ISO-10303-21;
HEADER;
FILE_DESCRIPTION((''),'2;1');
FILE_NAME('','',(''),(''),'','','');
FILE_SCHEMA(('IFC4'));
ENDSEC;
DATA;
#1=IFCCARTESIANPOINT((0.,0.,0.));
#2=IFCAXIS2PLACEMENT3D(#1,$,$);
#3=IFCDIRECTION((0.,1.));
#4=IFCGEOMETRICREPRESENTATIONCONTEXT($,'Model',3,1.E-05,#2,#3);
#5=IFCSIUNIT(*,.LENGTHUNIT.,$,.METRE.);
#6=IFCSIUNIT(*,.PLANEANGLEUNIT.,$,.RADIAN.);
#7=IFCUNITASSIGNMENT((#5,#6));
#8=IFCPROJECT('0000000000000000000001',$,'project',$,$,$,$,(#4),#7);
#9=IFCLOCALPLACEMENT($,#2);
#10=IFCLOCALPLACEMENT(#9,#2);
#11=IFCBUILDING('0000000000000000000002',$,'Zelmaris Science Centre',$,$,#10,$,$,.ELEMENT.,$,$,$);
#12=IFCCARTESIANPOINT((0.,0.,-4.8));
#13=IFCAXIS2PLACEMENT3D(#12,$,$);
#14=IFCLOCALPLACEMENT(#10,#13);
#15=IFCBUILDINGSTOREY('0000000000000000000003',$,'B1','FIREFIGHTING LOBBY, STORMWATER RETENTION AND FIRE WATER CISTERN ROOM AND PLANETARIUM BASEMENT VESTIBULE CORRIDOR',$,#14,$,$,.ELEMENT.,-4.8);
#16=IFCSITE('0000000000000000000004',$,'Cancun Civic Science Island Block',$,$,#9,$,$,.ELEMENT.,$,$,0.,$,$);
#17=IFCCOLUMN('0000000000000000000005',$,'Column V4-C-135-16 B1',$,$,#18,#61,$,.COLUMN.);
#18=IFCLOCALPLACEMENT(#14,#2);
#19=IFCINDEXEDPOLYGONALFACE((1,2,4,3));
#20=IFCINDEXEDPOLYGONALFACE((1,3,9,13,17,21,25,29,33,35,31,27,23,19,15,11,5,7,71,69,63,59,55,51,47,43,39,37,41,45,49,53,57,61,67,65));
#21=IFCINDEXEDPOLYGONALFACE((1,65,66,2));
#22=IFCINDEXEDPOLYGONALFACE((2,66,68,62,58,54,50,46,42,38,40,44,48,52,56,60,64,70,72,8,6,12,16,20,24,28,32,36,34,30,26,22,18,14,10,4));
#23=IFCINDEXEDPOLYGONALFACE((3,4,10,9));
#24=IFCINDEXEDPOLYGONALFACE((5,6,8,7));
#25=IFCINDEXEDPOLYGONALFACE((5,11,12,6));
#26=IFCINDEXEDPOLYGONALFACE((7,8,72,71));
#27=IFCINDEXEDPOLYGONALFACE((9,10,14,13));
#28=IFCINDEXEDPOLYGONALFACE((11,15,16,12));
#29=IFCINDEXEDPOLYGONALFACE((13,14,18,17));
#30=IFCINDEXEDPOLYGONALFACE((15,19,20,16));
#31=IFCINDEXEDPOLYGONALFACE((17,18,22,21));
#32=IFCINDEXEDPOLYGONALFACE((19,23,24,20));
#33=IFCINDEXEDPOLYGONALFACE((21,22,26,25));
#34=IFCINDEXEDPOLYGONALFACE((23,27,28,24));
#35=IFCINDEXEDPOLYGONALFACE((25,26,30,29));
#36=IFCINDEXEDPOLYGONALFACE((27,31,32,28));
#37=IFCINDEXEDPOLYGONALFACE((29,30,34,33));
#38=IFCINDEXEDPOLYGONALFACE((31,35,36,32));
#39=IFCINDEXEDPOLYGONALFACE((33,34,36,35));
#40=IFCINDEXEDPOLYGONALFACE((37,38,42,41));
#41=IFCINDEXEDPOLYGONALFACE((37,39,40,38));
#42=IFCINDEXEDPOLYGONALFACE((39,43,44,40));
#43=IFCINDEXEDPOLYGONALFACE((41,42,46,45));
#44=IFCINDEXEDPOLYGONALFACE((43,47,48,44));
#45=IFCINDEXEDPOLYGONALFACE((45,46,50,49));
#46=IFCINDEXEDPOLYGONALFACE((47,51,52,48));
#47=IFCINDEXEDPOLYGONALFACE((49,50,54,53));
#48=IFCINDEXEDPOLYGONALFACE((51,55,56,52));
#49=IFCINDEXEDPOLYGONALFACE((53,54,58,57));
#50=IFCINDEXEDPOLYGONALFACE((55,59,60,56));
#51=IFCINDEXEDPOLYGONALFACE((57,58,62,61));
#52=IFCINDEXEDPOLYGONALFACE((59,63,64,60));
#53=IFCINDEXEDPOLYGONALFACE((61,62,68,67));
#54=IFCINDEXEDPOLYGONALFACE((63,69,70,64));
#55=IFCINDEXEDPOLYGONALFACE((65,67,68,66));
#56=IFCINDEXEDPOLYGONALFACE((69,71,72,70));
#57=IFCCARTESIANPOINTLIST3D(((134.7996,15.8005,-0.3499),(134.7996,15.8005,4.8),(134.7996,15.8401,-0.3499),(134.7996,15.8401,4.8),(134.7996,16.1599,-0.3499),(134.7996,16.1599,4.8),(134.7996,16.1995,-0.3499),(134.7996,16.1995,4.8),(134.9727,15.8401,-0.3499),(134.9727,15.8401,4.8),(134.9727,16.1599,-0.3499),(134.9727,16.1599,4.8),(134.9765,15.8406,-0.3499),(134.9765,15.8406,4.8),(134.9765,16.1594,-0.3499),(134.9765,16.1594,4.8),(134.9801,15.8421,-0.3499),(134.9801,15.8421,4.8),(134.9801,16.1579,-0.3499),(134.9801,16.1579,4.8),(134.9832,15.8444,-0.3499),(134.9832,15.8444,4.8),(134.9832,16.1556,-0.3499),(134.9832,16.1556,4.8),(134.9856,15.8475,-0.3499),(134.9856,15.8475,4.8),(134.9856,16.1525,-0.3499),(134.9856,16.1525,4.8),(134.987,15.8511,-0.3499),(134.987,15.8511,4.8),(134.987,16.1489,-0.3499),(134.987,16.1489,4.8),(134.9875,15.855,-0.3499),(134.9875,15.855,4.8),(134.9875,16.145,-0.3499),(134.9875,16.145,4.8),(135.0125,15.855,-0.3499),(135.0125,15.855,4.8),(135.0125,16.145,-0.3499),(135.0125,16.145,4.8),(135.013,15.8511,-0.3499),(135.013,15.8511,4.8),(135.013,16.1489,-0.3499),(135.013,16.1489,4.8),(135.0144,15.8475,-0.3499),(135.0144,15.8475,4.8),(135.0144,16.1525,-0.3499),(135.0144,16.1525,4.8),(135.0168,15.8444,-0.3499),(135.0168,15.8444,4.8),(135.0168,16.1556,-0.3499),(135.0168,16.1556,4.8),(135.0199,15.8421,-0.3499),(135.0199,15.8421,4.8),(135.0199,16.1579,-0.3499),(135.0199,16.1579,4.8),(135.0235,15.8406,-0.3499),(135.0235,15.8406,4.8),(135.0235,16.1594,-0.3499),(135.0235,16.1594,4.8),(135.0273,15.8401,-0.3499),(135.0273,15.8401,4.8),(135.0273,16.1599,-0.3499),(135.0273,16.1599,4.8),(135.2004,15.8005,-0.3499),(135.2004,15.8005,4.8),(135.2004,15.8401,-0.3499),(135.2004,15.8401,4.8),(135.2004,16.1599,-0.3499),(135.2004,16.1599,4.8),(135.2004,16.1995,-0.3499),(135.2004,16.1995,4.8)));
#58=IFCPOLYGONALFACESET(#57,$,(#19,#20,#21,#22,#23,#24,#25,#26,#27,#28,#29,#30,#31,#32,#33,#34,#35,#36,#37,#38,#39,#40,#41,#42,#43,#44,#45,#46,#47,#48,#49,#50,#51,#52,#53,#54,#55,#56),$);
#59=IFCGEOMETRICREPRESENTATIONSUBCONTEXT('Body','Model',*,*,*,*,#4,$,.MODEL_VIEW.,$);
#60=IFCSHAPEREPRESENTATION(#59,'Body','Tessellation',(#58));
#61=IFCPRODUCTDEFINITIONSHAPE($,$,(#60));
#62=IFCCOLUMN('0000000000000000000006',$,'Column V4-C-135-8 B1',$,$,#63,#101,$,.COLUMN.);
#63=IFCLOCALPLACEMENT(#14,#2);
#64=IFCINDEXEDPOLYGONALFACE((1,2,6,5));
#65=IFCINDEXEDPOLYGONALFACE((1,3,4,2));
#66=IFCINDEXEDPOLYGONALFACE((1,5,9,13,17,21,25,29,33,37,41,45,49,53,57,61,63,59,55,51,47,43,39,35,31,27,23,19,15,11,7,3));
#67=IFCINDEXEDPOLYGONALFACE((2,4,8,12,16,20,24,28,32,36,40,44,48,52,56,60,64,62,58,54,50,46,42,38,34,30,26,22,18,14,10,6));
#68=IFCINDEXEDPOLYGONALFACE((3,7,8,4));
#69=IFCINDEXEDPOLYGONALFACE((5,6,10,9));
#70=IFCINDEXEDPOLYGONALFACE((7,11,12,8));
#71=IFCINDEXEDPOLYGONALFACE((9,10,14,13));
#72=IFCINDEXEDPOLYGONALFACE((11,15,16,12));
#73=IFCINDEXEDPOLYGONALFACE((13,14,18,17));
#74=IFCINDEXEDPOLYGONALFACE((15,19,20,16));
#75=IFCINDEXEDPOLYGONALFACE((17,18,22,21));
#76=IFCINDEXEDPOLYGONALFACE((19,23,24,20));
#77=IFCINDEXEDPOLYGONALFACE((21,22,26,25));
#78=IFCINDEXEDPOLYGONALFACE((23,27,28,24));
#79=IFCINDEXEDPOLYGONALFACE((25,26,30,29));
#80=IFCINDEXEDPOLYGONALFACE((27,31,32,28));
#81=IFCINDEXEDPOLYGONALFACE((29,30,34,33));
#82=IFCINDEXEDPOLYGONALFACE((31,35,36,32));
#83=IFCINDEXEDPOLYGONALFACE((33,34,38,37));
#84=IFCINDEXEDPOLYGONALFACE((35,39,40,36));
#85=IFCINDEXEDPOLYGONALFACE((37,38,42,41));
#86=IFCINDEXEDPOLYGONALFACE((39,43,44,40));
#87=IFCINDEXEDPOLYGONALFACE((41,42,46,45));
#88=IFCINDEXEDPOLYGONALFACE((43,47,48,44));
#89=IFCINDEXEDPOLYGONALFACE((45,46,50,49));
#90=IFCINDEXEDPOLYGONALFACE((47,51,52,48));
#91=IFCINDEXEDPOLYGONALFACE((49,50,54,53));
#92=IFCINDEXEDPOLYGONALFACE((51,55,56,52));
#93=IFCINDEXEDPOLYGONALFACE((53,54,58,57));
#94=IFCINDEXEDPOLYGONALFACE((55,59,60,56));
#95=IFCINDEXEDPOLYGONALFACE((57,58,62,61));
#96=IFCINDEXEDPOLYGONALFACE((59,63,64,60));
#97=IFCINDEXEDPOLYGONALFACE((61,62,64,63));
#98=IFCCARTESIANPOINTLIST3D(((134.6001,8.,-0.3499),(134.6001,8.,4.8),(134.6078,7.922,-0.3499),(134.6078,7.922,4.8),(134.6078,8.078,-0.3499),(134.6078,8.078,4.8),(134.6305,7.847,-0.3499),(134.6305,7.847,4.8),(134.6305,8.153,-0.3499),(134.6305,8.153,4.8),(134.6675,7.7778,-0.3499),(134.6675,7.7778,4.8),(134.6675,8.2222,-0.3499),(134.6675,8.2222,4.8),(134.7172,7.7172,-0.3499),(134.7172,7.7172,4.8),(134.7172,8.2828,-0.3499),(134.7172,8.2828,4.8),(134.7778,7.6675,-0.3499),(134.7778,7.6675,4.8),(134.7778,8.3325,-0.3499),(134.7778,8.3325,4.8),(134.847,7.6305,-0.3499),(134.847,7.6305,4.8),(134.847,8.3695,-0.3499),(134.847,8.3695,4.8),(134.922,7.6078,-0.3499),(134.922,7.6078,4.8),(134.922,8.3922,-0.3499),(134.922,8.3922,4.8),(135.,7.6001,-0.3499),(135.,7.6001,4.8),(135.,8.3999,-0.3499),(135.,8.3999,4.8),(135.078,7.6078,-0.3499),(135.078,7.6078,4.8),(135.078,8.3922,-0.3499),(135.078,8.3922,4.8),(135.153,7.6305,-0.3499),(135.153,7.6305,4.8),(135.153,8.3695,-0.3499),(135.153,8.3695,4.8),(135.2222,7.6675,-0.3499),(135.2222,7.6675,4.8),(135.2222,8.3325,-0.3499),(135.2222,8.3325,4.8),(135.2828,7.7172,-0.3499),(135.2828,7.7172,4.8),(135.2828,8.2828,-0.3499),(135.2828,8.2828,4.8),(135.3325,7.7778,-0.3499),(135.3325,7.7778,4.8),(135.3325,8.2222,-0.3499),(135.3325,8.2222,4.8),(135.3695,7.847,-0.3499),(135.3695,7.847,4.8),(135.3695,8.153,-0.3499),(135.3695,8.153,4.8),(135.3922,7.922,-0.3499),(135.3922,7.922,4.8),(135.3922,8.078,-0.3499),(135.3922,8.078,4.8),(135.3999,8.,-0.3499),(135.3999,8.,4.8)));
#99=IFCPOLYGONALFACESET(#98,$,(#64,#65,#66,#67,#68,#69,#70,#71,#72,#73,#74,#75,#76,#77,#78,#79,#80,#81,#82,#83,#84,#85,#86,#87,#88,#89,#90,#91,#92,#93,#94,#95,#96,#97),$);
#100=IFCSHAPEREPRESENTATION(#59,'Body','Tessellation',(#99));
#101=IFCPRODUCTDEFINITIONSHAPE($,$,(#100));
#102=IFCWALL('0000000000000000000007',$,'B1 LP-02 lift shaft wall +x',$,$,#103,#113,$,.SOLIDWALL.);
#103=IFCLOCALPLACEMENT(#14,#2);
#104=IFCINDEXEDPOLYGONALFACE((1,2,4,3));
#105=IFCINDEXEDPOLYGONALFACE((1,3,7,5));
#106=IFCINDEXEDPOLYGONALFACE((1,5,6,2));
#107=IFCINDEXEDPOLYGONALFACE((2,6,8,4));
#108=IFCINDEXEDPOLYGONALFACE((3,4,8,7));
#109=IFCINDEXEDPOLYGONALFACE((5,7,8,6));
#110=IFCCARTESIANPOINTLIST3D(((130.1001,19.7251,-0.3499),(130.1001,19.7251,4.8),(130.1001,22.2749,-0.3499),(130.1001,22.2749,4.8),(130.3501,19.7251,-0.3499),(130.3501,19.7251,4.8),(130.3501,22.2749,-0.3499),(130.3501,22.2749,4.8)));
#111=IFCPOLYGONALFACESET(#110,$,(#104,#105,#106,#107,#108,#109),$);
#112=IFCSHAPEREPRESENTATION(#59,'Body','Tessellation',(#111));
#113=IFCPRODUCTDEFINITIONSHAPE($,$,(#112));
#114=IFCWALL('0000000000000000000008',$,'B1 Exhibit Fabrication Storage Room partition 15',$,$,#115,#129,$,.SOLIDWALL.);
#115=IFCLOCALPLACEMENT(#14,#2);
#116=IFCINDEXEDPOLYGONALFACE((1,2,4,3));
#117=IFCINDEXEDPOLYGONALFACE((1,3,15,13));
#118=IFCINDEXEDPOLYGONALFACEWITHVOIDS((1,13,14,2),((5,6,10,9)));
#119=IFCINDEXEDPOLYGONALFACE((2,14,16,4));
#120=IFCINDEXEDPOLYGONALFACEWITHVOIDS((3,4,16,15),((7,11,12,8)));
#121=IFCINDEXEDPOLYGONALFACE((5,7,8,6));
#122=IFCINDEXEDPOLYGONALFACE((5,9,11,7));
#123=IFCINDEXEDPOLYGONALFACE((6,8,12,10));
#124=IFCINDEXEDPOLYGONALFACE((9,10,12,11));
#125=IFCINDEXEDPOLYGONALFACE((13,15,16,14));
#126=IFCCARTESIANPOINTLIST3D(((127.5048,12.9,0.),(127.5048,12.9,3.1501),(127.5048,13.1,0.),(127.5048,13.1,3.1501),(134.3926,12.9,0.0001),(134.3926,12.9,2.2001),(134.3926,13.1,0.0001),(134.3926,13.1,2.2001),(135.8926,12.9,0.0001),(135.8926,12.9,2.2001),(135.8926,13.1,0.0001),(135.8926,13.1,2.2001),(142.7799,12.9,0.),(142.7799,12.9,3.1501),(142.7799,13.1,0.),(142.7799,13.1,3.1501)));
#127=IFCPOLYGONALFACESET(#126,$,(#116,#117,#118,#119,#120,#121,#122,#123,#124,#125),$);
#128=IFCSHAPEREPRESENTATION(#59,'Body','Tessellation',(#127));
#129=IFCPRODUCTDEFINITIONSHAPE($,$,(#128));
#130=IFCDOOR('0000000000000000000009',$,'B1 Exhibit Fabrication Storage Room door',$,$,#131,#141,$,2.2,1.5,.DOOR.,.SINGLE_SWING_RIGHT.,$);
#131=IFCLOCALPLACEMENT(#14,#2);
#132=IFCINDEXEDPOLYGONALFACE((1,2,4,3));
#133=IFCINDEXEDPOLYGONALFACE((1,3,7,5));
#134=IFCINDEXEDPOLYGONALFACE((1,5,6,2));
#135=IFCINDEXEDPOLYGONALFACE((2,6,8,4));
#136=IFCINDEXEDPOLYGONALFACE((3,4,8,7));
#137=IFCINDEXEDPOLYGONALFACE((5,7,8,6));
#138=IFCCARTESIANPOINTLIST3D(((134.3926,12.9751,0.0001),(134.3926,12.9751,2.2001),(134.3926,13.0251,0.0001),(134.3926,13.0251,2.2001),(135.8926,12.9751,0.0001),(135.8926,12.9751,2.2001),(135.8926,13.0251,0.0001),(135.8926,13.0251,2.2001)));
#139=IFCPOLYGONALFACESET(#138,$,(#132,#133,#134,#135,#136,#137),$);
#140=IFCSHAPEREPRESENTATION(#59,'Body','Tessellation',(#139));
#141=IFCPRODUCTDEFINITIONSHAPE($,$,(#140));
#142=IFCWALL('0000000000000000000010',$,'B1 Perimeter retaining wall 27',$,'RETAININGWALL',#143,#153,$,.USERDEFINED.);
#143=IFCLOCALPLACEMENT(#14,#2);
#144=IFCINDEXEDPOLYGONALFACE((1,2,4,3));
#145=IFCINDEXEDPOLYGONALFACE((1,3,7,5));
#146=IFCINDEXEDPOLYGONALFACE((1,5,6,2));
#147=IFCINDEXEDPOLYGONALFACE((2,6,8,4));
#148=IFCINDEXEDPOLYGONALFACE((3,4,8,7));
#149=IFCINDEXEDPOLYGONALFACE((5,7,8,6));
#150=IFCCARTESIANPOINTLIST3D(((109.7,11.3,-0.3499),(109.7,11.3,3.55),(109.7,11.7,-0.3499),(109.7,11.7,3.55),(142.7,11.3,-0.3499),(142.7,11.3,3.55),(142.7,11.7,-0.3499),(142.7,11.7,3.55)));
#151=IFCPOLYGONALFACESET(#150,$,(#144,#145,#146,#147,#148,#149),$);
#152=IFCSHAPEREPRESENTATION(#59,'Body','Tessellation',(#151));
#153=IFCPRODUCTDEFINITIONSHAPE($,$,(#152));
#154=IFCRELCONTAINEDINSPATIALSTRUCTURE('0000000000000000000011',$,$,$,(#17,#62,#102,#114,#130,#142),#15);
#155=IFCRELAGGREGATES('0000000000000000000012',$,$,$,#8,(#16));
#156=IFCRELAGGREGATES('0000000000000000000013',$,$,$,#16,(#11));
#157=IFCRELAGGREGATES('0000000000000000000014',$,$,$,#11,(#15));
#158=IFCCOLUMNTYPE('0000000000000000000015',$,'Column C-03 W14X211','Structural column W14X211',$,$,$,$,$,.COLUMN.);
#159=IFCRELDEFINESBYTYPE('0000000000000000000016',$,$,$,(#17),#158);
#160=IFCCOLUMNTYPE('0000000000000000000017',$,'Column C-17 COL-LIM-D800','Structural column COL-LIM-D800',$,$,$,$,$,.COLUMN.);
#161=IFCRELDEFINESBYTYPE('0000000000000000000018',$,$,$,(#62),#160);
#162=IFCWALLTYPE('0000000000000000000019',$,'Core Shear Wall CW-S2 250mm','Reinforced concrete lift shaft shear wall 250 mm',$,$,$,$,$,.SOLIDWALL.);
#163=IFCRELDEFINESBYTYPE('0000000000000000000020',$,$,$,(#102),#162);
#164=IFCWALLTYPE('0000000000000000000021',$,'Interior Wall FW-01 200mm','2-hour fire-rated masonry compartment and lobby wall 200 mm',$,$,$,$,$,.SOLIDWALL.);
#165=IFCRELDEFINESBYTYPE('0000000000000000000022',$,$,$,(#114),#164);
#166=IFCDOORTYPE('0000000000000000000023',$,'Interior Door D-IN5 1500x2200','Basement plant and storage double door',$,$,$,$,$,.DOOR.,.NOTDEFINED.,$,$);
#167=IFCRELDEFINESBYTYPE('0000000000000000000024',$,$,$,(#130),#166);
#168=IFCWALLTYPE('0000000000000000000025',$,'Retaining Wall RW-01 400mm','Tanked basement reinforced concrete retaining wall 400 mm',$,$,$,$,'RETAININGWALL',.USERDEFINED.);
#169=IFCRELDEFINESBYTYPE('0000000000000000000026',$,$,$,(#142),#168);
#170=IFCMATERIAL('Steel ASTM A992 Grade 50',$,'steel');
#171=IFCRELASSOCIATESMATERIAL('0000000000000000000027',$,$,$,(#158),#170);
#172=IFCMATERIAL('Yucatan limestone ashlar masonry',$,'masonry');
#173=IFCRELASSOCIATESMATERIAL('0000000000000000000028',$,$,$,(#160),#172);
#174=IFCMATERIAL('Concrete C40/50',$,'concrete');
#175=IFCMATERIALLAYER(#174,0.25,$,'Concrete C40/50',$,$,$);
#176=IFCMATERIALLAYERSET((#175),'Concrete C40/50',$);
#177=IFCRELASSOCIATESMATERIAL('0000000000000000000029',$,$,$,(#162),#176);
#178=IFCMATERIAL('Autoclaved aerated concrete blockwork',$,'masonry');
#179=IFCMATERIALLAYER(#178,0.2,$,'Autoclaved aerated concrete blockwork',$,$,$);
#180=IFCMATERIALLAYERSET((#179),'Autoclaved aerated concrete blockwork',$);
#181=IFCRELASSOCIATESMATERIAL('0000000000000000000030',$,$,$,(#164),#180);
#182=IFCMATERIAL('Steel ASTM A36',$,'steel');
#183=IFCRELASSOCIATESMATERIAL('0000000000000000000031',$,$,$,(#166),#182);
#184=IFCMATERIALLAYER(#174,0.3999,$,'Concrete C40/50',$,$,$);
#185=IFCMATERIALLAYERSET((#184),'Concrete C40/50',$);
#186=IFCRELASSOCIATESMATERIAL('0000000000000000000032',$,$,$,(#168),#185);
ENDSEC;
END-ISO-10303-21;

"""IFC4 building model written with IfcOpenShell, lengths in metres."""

from ifc_helpers import new_model, si_unit, direction, frame, frame_2d, origin, origin_2d, place, context, subcontext, project, spatial, rectangle, circle, i_section, extrude, material, layer, layer_set, material_profile, profile_set, type_object, element, fill, save


model = new_model("IFC4")

# Units and contexts
model_context = context("Model", 3, precision=1e-05, world=origin(), true_north=direction((0.0, 1.0)))
body_context = subcontext(model_context, "Body", "Model", "MODEL_VIEW")
ifc_project = project(units=[si_unit("LENGTHUNIT", "METRE"), si_unit("PLANEANGLEUNIT", "RADIAN")], contexts=[model_context])

# Site, building, storey
site_placement = place(None, origin())
site = spatial("IfcSite", under=ifc_project, at=site_placement, Name="Cancun Civic Science Island Block", CompositionType="ELEMENT", RefElevation=0.0)
building_placement = place(site_placement, origin())
building = spatial("IfcBuilding", under=site, at=building_placement, Name="Zelmaris Science Centre", CompositionType="ELEMENT")
storey_placement = place(building_placement, frame((0.0, 0.0, -4.8)))
storey = spatial("IfcBuildingStorey", under=building, at=storey_placement, Name="B1", Description="FIREFIGHTING LOBBY, STORMWATER RETENTION AND FIRE WATER CISTERN ROOM AND PLANETARIUM BASEMENT VESTIBULE CORRIDOR", CompositionType="ELEMENT", Elevation=-4.8)

# Shared definitions
ifc_material_1 = material(Name="Concrete C40/50", Category="concrete")

# Columns
ifc_material_2 = material(Name="Steel ASTM A992 Grade 50", Category="steel")
ifc_material_profile_1 = material_profile(ifc_material_2, i_section(OverallWidth=0.4009, OverallDepth=0.3989, WebThickness=0.0249, FlangeThickness=0.0396, FilletRadius=0.0149, at=origin_2d()), Name="W14X211")
ifc_profile_set_1 = profile_set([ifc_material_profile_1], Name="Steel ASTM A992 Grade 50")
column_type_1 = type_object("IfcColumnType", Name="Column C-03 W14X211", Description="Structural column W14X211", PredefinedType="COLUMN", material=ifc_profile_set_1)
column_1_placement = place(storey_placement, frame((135.0, 16.0, -0.3499), z_axis=(0.0, 0.0, 1.0), x_axis=(1.0, 0.0, 0.0)))
element("IfcColumn", 1, at=column_1_placement, inside=storey, type_object=column_type_1, Name="Column V4-C-135-16 B1", PredefinedType="COLUMN", context=body_context, shape_type="SweptSolid", body=[
    extrude(i_section(OverallWidth=0.4009, OverallDepth=0.3989, WebThickness=0.0249, FlangeThickness=0.0396, FilletRadius=0.0149, at=origin_2d()), origin(), (0.0, 0.0, 1.0), 5.1499),
])
ifc_material_3 = material(Name="Yucatan limestone ashlar masonry", Category="masonry")
ifc_material_profile_2 = material_profile(ifc_material_3, circle(Radius=0.3999, at=origin_2d()), Name="COL-LIM-D800")
ifc_profile_set_2 = profile_set([ifc_material_profile_2], Name="Yucatan limestone ashlar masonry")
column_type_2 = type_object("IfcColumnType", Name="Column C-17 COL-LIM-D800", Description="Structural column COL-LIM-D800", PredefinedType="COLUMN", material=ifc_profile_set_2)
column_2_placement = place(storey_placement, frame((135.0, 8.0, -0.3499), z_axis=(0.0, 0.0, 1.0), x_axis=(1.0, 0.0, 0.0)))
element("IfcColumn", 2, at=column_2_placement, inside=storey, type_object=column_type_2, Name="Column V4-C-135-8 B1", PredefinedType="COLUMN", context=body_context, shape_type="SweptSolid", body=[
    extrude(circle(Radius=0.3999, at=origin_2d()), origin(), (0.0, 0.0, 1.0), 5.1499),
])

# Wall
ifc_layer_1 = layer(ifc_material_1, 0.25, Name="Concrete C40/50")
ifc_layer_set_1 = layer_set([ifc_layer_1], Name="Concrete C40/50")
wall_type_1 = type_object("IfcWallType", Name="Core Shear Wall CW-S2 250mm", Description="Reinforced concrete lift shaft shear wall 250 mm", PredefinedType="SOLIDWALL", material=ifc_layer_set_1)
wall_1_placement = place(storey_placement, frame((130.2251, 19.7251, -0.3499), z_axis=(0.0, 0.0, 1.0), x_axis=(0.0, 1.0, 0.0)))
element("IfcWall", 3, at=wall_1_placement, inside=storey, type_object=wall_type_1, Name="B1 LP-02 lift shaft wall +x", PredefinedType="SOLIDWALL", context=body_context, shape_type="SweptSolid", body=[
    extrude(rectangle(XDim=2.5498, YDim=0.25, at=frame_2d((1.2749, 0.0))), origin(), (0.0, 0.0, 1.0), 5.1499),
])

# Wall, opening, door
ifc_material_4 = material(Name="Autoclaved aerated concrete blockwork", Category="masonry")
ifc_layer_2 = layer(ifc_material_4, 0.2, Name="Autoclaved aerated concrete blockwork")
ifc_layer_set_2 = layer_set([ifc_layer_2], Name="Autoclaved aerated concrete blockwork")
wall_type_2 = type_object("IfcWallType", Name="Interior Wall FW-01 200mm", Description="2-hour fire-rated masonry compartment and lobby wall 200 mm", PredefinedType="SOLIDWALL", material=ifc_layer_set_2)
wall_2_placement = place(storey_placement, frame((142.78, 13.0, 0.0), z_axis=(0.0, 0.0, 1.0), x_axis=(-1.0, 0.0, 0.0)))
wall_2 = element("IfcWall", 4, at=wall_2_placement, inside=storey, type_object=wall_type_2, Name="B1 Exhibit Fabrication Storage Room partition 15", PredefinedType="SOLIDWALL", context=body_context, shape_type="SweptSolid", body=[
    extrude(rectangle(XDim=15.2751, YDim=0.2, at=frame_2d((7.6377, 0.0))), origin(), (0.0, 0.0, 1.0), 3.1501),
])
opening_placement = place(wall_2_placement, frame((6.8875, 0.0, 0.0)))
opening = element("IfcOpeningElement", 5, at=opening_placement, cuts=wall_2, PredefinedType="OPENING", context=body_context, shape_type="SweptSolid", body=[
    extrude(rectangle(XDim=1.5, YDim=2.2, at=frame_2d((0.75, 1.1001))), frame((0.0, 0.1099, 0.0), z_axis=(0.0, -1.0, 0.0), x_axis=(1.0, 0.0, 0.0)), (0.0, 0.0, 1.0), 0.22),
])
ifc_material_5 = material(Name="Steel ASTM A36", Category="steel")
door_type = type_object("IfcDoorType", Name="Interior Door D-IN5 1500x2200", Description="Basement plant and storage double door", OperationType="NOTDEFINED", PredefinedType="DOOR", material=ifc_material_5)
door_placement = place(opening_placement, origin())
door = element("IfcDoor", 6, at=door_placement, inside=storey, type_object=door_type, Name="B1 Exhibit Fabrication Storage Room door", OperationType="SINGLE_SWING_RIGHT", OverallHeight=2.2, OverallWidth=1.5, PredefinedType="DOOR", context=body_context, shape_type="SweptSolid", body=[
    extrude(rectangle(XDim=1.5, YDim=2.2, at=frame_2d((0.75, 1.1001))), frame((0.0, 0.0249, 0.0), z_axis=(0.0, -1.0, 0.0), x_axis=(1.0, 0.0, 0.0)), (0.0, 0.0, 1.0), 0.05),
])
fill(opening, door)

# Wall
ifc_layer_3 = layer(ifc_material_1, 0.3999, Name="Concrete C40/50")
ifc_layer_set_3 = layer_set([ifc_layer_3], Name="Concrete C40/50")
wall_type_3 = type_object("IfcWallType", Name="Retaining Wall RW-01 400mm", Description="Tanked basement reinforced concrete retaining wall 400 mm", ElementType="RETAININGWALL", PredefinedType="USERDEFINED", material=ifc_layer_set_3)
wall_3_placement = place(storey_placement, frame((142.7, 11.5, -0.3499), z_axis=(0.0, 0.0, 1.0), x_axis=(-1.0, 0.0, 0.0)))
element("IfcWall", 7, at=wall_3_placement, inside=storey, type_object=wall_type_3, Name="B1 Perimeter retaining wall 27", ObjectType="RETAININGWALL", PredefinedType="USERDEFINED", context=body_context, shape_type="SweptSolid", body=[
    extrude(rectangle(XDim=33.0, YDim=0.3999, at=frame_2d((16.5, 0.0))), origin(), (0.0, 0.0, 1.0), 3.8999),
])

save(model, "model.ifc")
